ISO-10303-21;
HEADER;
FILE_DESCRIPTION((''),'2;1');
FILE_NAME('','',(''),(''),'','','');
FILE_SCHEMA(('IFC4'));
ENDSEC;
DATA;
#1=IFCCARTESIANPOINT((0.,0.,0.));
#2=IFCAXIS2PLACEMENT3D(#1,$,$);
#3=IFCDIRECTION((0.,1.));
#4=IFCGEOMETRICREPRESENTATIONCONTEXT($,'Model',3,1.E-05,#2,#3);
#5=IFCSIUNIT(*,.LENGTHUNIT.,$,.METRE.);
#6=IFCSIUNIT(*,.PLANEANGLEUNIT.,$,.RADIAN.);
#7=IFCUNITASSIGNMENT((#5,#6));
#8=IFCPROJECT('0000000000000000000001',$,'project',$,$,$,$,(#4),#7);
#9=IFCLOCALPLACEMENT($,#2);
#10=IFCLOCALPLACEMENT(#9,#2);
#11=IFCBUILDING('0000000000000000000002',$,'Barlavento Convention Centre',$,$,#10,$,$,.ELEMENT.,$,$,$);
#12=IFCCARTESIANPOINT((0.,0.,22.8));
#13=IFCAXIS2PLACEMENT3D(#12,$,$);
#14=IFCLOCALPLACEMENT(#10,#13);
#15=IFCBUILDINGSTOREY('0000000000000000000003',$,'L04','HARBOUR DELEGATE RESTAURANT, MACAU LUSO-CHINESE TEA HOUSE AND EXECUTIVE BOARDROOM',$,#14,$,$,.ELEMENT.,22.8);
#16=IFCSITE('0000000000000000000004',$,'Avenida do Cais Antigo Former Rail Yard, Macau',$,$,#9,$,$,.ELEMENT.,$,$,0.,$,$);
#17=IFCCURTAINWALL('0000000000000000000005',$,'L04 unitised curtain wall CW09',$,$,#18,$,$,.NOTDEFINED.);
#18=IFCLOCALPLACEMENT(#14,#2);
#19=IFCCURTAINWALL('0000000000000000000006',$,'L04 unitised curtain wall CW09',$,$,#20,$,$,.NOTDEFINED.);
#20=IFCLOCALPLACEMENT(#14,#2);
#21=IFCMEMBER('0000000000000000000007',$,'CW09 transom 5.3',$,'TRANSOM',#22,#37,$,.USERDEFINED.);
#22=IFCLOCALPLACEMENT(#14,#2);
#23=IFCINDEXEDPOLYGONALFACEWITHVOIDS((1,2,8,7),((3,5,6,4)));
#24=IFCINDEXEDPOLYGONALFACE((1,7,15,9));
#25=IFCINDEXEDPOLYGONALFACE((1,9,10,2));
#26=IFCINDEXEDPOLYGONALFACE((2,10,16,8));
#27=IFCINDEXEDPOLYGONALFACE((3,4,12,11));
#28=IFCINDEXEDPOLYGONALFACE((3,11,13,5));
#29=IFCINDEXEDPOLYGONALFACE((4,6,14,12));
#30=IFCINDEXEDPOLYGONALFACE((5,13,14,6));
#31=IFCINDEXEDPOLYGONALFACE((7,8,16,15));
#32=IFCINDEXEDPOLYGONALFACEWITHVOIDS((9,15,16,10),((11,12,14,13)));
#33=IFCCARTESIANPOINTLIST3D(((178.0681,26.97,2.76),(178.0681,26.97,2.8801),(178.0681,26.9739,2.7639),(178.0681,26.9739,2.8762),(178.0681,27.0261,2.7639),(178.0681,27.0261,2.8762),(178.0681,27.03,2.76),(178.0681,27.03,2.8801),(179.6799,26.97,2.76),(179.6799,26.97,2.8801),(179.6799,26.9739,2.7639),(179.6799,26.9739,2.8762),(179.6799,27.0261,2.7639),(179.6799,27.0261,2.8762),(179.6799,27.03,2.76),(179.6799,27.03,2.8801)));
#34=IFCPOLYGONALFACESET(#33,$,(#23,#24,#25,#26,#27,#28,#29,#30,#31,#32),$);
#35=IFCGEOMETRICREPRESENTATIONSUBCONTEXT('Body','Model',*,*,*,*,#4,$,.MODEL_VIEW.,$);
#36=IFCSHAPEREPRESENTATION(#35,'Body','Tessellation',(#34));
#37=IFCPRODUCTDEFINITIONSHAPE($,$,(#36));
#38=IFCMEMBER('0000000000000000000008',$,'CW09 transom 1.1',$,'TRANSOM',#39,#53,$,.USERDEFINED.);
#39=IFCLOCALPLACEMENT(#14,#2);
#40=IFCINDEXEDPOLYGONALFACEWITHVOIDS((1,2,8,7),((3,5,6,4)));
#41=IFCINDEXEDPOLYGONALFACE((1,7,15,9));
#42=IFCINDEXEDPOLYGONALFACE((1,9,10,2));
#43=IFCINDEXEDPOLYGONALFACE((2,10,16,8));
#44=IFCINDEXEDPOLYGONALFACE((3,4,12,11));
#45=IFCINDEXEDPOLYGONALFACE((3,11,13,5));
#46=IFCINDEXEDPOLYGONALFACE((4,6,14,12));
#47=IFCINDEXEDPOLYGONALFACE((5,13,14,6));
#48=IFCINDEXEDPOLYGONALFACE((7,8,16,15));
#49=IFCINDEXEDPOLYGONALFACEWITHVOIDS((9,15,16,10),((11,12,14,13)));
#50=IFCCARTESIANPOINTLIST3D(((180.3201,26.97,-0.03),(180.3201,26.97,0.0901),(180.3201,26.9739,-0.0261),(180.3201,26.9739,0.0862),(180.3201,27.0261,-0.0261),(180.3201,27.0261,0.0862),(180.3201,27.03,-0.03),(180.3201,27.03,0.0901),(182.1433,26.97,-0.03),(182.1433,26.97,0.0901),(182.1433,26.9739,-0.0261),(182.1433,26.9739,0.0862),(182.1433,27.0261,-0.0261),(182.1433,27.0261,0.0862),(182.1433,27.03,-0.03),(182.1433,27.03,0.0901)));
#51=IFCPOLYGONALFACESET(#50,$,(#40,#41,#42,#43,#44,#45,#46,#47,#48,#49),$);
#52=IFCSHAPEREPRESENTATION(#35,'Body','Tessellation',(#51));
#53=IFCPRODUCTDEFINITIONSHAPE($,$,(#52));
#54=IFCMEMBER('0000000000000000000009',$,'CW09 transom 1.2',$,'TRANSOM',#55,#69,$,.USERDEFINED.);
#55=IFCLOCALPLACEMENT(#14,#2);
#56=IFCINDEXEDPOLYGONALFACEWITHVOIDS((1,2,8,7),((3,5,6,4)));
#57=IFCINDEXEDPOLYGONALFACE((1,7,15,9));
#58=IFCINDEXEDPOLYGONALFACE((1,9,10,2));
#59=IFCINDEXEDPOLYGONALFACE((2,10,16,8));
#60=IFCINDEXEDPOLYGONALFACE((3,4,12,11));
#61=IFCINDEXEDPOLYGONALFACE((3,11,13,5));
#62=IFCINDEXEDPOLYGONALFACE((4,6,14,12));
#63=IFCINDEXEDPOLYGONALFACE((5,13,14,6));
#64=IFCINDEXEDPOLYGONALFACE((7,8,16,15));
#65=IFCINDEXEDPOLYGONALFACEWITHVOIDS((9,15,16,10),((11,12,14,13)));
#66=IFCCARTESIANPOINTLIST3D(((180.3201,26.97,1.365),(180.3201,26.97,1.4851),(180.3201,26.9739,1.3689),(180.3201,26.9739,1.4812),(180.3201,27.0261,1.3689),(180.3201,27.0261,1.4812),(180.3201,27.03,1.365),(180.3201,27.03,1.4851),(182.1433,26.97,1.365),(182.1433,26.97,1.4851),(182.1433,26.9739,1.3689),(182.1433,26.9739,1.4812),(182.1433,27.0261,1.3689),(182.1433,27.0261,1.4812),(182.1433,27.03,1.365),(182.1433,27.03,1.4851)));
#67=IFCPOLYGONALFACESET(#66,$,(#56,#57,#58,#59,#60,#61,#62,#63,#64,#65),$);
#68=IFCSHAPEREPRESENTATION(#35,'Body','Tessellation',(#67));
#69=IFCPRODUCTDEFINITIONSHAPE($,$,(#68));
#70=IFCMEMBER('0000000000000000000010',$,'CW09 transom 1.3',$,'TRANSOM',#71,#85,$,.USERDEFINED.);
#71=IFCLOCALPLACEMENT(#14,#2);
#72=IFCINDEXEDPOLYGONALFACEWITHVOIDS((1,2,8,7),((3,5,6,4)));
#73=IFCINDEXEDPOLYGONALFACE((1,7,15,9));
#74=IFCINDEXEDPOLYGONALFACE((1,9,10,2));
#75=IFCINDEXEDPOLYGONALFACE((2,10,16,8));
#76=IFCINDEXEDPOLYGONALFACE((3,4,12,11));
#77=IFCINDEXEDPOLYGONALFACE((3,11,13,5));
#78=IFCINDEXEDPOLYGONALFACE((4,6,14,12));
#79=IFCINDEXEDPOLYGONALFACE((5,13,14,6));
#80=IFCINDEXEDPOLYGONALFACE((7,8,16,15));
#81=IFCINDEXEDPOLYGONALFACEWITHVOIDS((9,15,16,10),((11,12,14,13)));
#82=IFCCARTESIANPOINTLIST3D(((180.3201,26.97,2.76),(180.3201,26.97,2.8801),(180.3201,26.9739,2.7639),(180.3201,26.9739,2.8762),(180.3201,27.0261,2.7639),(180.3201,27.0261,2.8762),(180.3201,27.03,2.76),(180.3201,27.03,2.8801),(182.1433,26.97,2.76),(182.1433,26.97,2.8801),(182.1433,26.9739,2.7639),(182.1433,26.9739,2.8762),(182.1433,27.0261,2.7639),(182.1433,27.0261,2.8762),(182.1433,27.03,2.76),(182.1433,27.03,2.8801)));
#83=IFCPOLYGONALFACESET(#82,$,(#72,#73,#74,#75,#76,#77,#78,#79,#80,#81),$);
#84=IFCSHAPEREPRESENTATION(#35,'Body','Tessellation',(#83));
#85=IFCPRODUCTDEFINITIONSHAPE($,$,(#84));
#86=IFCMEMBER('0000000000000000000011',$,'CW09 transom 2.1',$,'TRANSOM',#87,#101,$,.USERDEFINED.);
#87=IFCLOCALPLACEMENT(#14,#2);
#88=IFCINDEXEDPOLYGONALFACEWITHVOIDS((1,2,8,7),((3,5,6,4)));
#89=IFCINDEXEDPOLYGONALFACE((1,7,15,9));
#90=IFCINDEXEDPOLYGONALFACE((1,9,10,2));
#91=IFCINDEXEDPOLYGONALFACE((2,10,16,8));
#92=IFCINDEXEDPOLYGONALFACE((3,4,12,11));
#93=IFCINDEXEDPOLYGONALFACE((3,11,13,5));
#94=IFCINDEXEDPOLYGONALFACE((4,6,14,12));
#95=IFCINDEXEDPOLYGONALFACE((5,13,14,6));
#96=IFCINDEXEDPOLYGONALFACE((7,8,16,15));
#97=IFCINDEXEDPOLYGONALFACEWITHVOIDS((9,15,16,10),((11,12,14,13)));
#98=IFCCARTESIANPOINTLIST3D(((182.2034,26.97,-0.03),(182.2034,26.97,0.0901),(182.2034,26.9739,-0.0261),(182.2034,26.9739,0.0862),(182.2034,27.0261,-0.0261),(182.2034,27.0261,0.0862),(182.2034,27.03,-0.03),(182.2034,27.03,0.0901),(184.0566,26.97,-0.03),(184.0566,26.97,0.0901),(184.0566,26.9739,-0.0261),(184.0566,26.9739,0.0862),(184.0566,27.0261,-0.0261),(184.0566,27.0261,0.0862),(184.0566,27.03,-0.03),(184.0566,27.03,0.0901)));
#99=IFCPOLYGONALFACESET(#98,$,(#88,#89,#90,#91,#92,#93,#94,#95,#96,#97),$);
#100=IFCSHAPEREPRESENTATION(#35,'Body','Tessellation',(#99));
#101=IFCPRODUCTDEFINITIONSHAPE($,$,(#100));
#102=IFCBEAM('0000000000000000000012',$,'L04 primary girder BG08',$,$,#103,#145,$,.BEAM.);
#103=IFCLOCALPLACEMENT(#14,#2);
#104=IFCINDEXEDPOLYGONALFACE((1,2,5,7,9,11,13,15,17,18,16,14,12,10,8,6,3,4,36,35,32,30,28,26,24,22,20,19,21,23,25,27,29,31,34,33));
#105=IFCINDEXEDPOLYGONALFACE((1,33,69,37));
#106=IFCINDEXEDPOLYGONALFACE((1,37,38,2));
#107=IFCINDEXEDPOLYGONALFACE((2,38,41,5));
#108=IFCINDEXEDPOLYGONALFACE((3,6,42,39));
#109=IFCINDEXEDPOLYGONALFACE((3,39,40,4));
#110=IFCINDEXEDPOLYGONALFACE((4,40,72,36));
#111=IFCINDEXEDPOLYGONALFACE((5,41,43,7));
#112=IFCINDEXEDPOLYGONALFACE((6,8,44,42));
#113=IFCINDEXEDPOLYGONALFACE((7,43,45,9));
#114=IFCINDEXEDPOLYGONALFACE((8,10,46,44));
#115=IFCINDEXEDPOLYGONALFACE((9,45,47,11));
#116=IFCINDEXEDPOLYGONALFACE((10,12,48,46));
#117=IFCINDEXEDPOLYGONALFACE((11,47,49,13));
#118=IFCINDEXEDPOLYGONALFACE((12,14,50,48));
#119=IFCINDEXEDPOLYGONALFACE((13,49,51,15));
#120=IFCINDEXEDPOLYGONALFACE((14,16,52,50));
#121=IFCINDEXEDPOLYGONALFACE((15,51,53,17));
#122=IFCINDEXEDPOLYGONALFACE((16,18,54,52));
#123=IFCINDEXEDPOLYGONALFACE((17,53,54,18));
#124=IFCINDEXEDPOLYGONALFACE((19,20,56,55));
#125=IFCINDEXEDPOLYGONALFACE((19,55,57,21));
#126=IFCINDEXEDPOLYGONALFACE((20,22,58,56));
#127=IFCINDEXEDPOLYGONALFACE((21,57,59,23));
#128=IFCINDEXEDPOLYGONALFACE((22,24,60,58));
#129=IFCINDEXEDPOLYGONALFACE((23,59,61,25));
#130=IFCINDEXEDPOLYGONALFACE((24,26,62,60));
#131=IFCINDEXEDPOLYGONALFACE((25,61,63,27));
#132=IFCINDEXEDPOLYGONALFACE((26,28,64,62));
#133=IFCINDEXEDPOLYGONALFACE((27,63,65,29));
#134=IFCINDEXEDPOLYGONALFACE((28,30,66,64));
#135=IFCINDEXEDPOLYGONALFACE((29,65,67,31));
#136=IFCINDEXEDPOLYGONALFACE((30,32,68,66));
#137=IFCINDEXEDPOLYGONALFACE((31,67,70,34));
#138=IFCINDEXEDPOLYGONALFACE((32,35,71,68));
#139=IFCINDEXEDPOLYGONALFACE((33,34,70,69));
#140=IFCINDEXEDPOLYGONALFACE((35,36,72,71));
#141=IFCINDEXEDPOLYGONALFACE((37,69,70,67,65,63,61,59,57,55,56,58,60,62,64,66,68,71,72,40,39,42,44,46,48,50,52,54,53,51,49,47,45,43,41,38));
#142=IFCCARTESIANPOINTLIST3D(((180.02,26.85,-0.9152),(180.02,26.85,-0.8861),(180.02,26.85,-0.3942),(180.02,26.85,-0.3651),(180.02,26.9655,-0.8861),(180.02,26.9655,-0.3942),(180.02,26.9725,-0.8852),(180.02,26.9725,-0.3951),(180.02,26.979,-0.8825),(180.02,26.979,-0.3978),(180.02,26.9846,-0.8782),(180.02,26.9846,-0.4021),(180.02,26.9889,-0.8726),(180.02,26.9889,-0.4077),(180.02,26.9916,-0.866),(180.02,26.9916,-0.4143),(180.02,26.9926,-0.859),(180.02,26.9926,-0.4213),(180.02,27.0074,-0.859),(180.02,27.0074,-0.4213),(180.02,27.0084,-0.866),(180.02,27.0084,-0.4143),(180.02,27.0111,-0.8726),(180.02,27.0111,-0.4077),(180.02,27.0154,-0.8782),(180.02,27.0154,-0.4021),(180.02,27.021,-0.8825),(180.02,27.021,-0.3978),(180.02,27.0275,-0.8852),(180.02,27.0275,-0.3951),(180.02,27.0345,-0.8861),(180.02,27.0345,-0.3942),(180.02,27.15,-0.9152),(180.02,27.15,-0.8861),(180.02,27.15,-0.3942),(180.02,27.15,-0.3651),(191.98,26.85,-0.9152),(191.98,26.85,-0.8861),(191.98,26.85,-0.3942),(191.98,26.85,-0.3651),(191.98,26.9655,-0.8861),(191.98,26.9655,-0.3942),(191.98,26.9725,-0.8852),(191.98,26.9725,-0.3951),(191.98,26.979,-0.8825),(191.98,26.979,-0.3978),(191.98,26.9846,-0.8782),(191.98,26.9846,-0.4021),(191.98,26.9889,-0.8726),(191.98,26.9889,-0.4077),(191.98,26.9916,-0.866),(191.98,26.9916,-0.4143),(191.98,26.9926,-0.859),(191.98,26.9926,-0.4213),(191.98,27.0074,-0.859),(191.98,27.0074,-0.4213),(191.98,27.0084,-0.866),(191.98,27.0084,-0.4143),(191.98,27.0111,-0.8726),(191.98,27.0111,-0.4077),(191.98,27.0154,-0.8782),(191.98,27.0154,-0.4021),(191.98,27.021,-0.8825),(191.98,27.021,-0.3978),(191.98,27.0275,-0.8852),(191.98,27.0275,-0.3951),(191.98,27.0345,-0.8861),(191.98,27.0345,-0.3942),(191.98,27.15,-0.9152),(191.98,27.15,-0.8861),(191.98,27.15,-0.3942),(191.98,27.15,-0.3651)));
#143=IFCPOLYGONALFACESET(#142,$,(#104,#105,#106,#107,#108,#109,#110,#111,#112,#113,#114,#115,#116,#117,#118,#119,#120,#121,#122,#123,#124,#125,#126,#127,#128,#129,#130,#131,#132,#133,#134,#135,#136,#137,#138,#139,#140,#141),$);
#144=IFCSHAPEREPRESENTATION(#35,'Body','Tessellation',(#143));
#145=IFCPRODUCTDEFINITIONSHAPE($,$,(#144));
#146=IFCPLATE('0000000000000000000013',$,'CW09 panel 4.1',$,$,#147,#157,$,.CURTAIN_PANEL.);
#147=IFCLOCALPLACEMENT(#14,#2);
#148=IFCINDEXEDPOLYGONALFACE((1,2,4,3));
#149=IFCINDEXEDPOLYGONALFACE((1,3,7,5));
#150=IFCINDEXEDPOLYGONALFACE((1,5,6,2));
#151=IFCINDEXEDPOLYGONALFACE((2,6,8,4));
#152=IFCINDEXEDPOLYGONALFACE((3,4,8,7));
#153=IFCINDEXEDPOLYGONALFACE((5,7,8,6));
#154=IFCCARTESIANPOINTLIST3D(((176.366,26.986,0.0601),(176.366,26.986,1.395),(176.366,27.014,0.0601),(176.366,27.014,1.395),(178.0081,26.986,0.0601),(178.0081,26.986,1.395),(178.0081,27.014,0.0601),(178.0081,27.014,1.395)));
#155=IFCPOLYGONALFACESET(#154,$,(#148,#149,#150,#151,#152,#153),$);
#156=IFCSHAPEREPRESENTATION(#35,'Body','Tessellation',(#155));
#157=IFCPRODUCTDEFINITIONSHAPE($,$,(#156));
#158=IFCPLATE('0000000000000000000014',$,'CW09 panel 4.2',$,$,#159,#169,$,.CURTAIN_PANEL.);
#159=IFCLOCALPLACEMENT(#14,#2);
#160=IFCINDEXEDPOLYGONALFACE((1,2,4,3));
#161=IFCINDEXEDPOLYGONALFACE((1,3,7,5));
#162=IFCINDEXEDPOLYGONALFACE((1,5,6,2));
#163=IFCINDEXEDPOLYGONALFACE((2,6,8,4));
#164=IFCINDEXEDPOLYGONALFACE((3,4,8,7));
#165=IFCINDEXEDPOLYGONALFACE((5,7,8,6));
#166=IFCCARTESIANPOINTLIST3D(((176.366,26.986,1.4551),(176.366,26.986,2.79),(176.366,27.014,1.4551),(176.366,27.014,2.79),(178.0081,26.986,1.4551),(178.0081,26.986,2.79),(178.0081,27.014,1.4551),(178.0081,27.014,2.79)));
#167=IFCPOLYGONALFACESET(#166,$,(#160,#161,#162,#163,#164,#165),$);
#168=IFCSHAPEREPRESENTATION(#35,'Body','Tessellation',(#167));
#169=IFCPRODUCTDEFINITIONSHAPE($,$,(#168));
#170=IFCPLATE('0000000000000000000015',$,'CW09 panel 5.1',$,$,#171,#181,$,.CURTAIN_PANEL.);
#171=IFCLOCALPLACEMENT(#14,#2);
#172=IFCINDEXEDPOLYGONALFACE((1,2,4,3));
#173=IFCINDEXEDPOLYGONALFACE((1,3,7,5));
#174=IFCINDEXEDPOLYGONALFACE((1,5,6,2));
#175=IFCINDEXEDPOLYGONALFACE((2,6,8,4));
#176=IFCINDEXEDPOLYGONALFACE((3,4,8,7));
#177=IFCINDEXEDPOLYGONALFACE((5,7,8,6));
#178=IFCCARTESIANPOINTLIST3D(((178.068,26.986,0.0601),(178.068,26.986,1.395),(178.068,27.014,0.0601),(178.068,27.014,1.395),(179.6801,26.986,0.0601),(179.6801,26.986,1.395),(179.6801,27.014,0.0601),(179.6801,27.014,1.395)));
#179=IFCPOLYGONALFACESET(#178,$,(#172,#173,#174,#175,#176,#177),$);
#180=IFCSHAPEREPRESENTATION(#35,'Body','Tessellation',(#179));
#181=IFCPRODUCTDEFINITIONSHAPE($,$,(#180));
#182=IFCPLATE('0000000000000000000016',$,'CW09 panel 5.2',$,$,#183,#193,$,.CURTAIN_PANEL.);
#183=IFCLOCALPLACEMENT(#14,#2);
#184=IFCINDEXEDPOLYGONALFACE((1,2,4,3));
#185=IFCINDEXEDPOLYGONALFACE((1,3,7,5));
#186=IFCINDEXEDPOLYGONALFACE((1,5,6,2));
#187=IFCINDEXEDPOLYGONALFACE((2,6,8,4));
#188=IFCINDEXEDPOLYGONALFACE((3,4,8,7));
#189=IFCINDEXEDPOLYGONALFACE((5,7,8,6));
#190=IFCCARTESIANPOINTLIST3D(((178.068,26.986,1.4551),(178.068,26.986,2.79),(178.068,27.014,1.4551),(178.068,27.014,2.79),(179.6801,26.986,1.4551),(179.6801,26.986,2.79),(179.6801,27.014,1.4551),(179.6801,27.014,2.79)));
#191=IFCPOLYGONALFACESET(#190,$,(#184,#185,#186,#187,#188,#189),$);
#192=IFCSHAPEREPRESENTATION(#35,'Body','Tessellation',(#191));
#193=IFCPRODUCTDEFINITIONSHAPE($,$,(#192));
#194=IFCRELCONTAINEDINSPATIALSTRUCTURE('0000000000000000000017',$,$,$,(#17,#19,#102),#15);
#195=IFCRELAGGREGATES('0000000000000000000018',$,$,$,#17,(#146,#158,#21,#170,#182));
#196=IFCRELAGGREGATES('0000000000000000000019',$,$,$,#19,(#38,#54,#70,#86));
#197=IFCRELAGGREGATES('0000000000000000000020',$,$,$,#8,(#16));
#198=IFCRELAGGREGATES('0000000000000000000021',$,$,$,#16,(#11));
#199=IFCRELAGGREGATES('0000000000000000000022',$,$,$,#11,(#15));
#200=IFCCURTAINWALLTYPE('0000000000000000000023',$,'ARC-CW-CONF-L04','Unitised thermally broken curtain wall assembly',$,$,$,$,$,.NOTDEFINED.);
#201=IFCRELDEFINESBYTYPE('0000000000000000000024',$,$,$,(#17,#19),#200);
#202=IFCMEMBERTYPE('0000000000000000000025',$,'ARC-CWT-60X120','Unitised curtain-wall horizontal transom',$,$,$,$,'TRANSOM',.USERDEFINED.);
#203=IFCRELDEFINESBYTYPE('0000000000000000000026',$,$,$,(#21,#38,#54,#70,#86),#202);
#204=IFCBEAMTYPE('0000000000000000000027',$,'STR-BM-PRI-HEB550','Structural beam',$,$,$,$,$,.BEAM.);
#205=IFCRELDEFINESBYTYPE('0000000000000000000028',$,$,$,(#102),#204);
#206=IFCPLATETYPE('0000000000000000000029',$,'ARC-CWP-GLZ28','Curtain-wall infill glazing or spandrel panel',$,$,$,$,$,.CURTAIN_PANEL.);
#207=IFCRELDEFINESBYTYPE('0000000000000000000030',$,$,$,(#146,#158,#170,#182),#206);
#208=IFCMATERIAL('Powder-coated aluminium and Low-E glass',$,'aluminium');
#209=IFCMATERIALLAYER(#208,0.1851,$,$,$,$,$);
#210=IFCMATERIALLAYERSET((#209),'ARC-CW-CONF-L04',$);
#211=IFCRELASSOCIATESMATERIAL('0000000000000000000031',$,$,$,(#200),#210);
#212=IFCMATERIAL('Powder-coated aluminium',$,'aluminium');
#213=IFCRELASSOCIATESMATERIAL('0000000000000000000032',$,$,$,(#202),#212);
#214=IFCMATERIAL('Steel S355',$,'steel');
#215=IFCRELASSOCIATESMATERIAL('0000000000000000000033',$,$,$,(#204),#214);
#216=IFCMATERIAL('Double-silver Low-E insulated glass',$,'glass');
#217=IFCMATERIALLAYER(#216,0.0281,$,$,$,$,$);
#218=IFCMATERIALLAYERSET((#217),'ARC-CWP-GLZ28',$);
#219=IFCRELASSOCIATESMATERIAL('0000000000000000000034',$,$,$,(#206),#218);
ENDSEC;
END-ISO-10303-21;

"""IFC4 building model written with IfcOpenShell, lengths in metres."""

from ifc_helpers import new_model, si_unit, direction, frame, origin, origin_2d, place, context, subcontext, project, spatial, rectangle, hollow_rectangle, i_section, extrude, material, layer, layer_set, material_profile, profile_set, type_object, element, aggregate, save


model = new_model("IFC4")

# Units and contexts
model_context = context("Model", 3, precision=1e-05, world=origin(), true_north=direction((0.0, 1.0)))
body_context = subcontext(model_context, "Body", "Model", "MODEL_VIEW")
ifc_project = project(units=[si_unit("LENGTHUNIT", "METRE"), si_unit("PLANEANGLEUNIT", "RADIAN")], contexts=[model_context])

# Site, building, storey
site_placement = place(None, origin())
site = spatial("IfcSite", under=ifc_project, at=site_placement, Name="Avenida do Cais Antigo Former Rail Yard, Macau", CompositionType="ELEMENT", RefElevation=0.0)
building_placement = place(site_placement, origin())
building = spatial("IfcBuilding", under=site, at=building_placement, Name="Barlavento Convention Centre", CompositionType="ELEMENT")
storey_placement = place(building_placement, frame((0.0, 0.0, 22.8)))
storey = spatial("IfcBuildingStorey", under=building, at=storey_placement, Name="L04", Description="HARBOUR DELEGATE RESTAURANT, MACAU LUSO-CHINESE TEA HOUSE AND EXECUTIVE BOARDROOM", CompositionType="ELEMENT", Elevation=22.8)

# Shared definitions
ifc_material_1 = material(Name="Steel S355", Category="steel")

# Curtain walls
ifc_material_2 = material(Name="Powder-coated aluminium and Low-E glass", Category="aluminium")
ifc_layer_1 = layer(ifc_material_2, 0.1851)
ifc_layer_set_1 = layer_set([ifc_layer_1], Name="ARC-CW-CONF-L04")
curtain_wall_type = type_object("IfcCurtainWallType", Name="ARC-CW-CONF-L04", Description="Unitised thermally broken curtain wall assembly", PredefinedType="NOTDEFINED", material=ifc_layer_set_1)
curtain_wall_1_placement = place(storey_placement, origin())
curtain_wall_1 = element("IfcCurtainWall", 1, at=curtain_wall_1_placement, inside=storey, type_object=curtain_wall_type, Name="L04 unitised curtain wall CW09", PredefinedType="NOTDEFINED")
ifc_material_3 = material(Name="Powder-coated aluminium", Category="aluminium")
curtain_wall_2_placement = place(storey_placement, origin())
curtain_wall_2 = element("IfcCurtainWall", 2, at=curtain_wall_2_placement, inside=storey, type_object=curtain_wall_type, Name="L04 unitised curtain wall CW09", PredefinedType="NOTDEFINED")

# Members
ifc_material_profile_1 = material_profile(ifc_material_3, hollow_rectangle(XDim=0.0601, YDim=0.1201, WallThickness=0.0039, at=origin_2d()), Name="AL-TRAN 60x120x4")
ifc_profile_set_1 = profile_set([ifc_material_profile_1], Name="Powder-coated aluminium")
member_type_1 = type_object("IfcMemberType", Name="ARC-CWT-60X120", Description="Unitised curtain-wall horizontal transom", ElementType="TRANSOM", PredefinedType="USERDEFINED", material=ifc_profile_set_1)
member_1_placement = place(storey_placement, frame((178.0681, 27.0, 2.8201), z_axis=(1.0, 0.0, 0.0), x_axis=(0.0, 1.0, 0.0)))
member_1 = element("IfcMember", 3, at=member_1_placement, type_object=member_type_1, Name="CW09 transom 5.3", ObjectType="TRANSOM", PredefinedType="USERDEFINED", context=body_context, shape_type="SweptSolid", body=[
    extrude(hollow_rectangle(XDim=0.0601, YDim=0.1201, WallThickness=0.0039, at=origin_2d()), origin(), (0.0, 0.0, 1.0), 1.6118),
])
member_2_placement = place(storey_placement, frame((180.3201, 27.0, 0.03), z_axis=(1.0, 0.0, 0.0), x_axis=(0.0, 1.0, 0.0)))
member_2 = element("IfcMember", 4, at=member_2_placement, type_object=member_type_1, Name="CW09 transom 1.1", ObjectType="TRANSOM", PredefinedType="USERDEFINED", context=body_context, shape_type="SweptSolid", body=[
    extrude(hollow_rectangle(XDim=0.0601, YDim=0.1201, WallThickness=0.0039, at=origin_2d()), origin(), (0.0, 0.0, 1.0), 1.8232),
])
member_3_placement = place(storey_placement, frame((180.3201, 27.0, 1.425), z_axis=(1.0, 0.0, 0.0), x_axis=(0.0, 1.0, 0.0)))
member_3 = element("IfcMember", 5, at=member_3_placement, type_object=member_type_1, Name="CW09 transom 1.2", ObjectType="TRANSOM", PredefinedType="USERDEFINED", context=body_context, shape_type="SweptSolid", body=[
    extrude(hollow_rectangle(XDim=0.0601, YDim=0.1201, WallThickness=0.0039, at=origin_2d()), origin(), (0.0, 0.0, 1.0), 1.8232),
])
member_4_placement = place(storey_placement, frame((180.3201, 27.0, 2.8201), z_axis=(1.0, 0.0, 0.0), x_axis=(0.0, 1.0, 0.0)))
member_4 = element("IfcMember", 6, at=member_4_placement, type_object=member_type_1, Name="CW09 transom 1.3", ObjectType="TRANSOM", PredefinedType="USERDEFINED", context=body_context, shape_type="SweptSolid", body=[
    extrude(hollow_rectangle(XDim=0.0601, YDim=0.1201, WallThickness=0.0039, at=origin_2d()), origin(), (0.0, 0.0, 1.0), 1.8232),
])
member_5_placement = place(storey_placement, frame((182.2034, 27.0, 0.03), z_axis=(1.0, 0.0, 0.0), x_axis=(0.0, 1.0, 0.0)))
member_5 = element("IfcMember", 7, at=member_5_placement, type_object=member_type_1, Name="CW09 transom 2.1", ObjectType="TRANSOM", PredefinedType="USERDEFINED", context=body_context, shape_type="SweptSolid", body=[
    extrude(hollow_rectangle(XDim=0.0601, YDim=0.1201, WallThickness=0.0039, at=origin_2d()), origin(), (0.0, 0.0, 1.0), 1.8533),
])

# Beam
ifc_material_profile_2 = material_profile(ifc_material_1, i_section(OverallWidth=0.3, OverallDepth=0.55, WebThickness=0.0149, FlangeThickness=0.0291, FilletRadius=0.0271, at=origin_2d()), Name="HEB 550")
ifc_profile_set_2 = profile_set([ifc_material_profile_2], Name="Steel S355")
beam_type = type_object("IfcBeamType", Name="STR-BM-PRI-HEB550", Description="Structural beam", PredefinedType="BEAM", material=ifc_profile_set_2)
beam_placement = place(storey_placement, frame((180.02, 27.0, -0.6401), z_axis=(1.0, 0.0, 0.0), x_axis=(0.0, 1.0, 0.0)))
element("IfcBeam", 8, at=beam_placement, inside=storey, type_object=beam_type, Name="L04 primary girder BG08", PredefinedType="BEAM", context=body_context, shape_type="SweptSolid", body=[
    extrude(i_section(OverallWidth=0.3, OverallDepth=0.55, WebThickness=0.0149, FlangeThickness=0.0291, FilletRadius=0.0271, at=origin_2d()), origin(), (0.0, 0.0, 1.0), 11.96),
])

# Plates
ifc_material_4 = material(Name="Double-silver Low-E insulated glass", Category="glass")
ifc_layer_2 = layer(ifc_material_4, 0.0281)
ifc_layer_set_2 = layer_set([ifc_layer_2], Name="ARC-CWP-GLZ28")
plate_type = type_object("IfcPlateType", Name="ARC-CWP-GLZ28", Description="Curtain-wall infill glazing or spandrel panel", PredefinedType="CURTAIN_PANEL", material=ifc_layer_set_2)
plate_1_placement = place(storey_placement, frame((177.187, 27.0, 0.0601), z_axis=(0.0, 0.0, 1.0), x_axis=(1.0, 0.0, 0.0)))
plate_1 = element("IfcPlate", 9, at=plate_1_placement, type_object=plate_type, Name="CW09 panel 4.1", PredefinedType="CURTAIN_PANEL", context=body_context, shape_type="SweptSolid", body=[
    extrude(rectangle(XDim=1.6421, YDim=0.0281, at=origin_2d()), origin(), (0.0, 0.0, 1.0), 1.335),
])
plate_2_placement = place(storey_placement, frame((177.187, 27.0, 1.4551), z_axis=(0.0, 0.0, 1.0), x_axis=(1.0, 0.0, 0.0)))
plate_2 = element("IfcPlate", 10, at=plate_2_placement, type_object=plate_type, Name="CW09 panel 4.2", PredefinedType="CURTAIN_PANEL", context=body_context, shape_type="SweptSolid", body=[
    extrude(rectangle(XDim=1.6421, YDim=0.0281, at=origin_2d()), origin(), (0.0, 0.0, 1.0), 1.335),
])
plate_3_placement = place(storey_placement, frame((178.874, 27.0, 0.0601), z_axis=(0.0, 0.0, 1.0), x_axis=(1.0, 0.0, 0.0)))
plate_3 = element("IfcPlate", 11, at=plate_3_placement, type_object=plate_type, Name="CW09 panel 5.1", PredefinedType="CURTAIN_PANEL", context=body_context, shape_type="SweptSolid", body=[
    extrude(rectangle(XDim=1.6121, YDim=0.0281, at=origin_2d()), origin(), (0.0, 0.0, 1.0), 1.335),
])
plate_4_placement = place(storey_placement, frame((178.874, 27.0, 1.4551), z_axis=(0.0, 0.0, 1.0), x_axis=(1.0, 0.0, 0.0)))
plate_4 = element("IfcPlate", 12, at=plate_4_placement, type_object=plate_type, Name="CW09 panel 5.2", PredefinedType="CURTAIN_PANEL", context=body_context, shape_type="SweptSolid", body=[
    extrude(rectangle(XDim=1.6121, YDim=0.0281, at=origin_2d()), origin(), (0.0, 0.0, 1.0), 1.335),
])
aggregate(curtain_wall_1, [plate_1, plate_2, member_1, plate_3, plate_4])
aggregate(curtain_wall_2, [member_2, member_3, member_4, member_5])

save(model, "model.ifc")
